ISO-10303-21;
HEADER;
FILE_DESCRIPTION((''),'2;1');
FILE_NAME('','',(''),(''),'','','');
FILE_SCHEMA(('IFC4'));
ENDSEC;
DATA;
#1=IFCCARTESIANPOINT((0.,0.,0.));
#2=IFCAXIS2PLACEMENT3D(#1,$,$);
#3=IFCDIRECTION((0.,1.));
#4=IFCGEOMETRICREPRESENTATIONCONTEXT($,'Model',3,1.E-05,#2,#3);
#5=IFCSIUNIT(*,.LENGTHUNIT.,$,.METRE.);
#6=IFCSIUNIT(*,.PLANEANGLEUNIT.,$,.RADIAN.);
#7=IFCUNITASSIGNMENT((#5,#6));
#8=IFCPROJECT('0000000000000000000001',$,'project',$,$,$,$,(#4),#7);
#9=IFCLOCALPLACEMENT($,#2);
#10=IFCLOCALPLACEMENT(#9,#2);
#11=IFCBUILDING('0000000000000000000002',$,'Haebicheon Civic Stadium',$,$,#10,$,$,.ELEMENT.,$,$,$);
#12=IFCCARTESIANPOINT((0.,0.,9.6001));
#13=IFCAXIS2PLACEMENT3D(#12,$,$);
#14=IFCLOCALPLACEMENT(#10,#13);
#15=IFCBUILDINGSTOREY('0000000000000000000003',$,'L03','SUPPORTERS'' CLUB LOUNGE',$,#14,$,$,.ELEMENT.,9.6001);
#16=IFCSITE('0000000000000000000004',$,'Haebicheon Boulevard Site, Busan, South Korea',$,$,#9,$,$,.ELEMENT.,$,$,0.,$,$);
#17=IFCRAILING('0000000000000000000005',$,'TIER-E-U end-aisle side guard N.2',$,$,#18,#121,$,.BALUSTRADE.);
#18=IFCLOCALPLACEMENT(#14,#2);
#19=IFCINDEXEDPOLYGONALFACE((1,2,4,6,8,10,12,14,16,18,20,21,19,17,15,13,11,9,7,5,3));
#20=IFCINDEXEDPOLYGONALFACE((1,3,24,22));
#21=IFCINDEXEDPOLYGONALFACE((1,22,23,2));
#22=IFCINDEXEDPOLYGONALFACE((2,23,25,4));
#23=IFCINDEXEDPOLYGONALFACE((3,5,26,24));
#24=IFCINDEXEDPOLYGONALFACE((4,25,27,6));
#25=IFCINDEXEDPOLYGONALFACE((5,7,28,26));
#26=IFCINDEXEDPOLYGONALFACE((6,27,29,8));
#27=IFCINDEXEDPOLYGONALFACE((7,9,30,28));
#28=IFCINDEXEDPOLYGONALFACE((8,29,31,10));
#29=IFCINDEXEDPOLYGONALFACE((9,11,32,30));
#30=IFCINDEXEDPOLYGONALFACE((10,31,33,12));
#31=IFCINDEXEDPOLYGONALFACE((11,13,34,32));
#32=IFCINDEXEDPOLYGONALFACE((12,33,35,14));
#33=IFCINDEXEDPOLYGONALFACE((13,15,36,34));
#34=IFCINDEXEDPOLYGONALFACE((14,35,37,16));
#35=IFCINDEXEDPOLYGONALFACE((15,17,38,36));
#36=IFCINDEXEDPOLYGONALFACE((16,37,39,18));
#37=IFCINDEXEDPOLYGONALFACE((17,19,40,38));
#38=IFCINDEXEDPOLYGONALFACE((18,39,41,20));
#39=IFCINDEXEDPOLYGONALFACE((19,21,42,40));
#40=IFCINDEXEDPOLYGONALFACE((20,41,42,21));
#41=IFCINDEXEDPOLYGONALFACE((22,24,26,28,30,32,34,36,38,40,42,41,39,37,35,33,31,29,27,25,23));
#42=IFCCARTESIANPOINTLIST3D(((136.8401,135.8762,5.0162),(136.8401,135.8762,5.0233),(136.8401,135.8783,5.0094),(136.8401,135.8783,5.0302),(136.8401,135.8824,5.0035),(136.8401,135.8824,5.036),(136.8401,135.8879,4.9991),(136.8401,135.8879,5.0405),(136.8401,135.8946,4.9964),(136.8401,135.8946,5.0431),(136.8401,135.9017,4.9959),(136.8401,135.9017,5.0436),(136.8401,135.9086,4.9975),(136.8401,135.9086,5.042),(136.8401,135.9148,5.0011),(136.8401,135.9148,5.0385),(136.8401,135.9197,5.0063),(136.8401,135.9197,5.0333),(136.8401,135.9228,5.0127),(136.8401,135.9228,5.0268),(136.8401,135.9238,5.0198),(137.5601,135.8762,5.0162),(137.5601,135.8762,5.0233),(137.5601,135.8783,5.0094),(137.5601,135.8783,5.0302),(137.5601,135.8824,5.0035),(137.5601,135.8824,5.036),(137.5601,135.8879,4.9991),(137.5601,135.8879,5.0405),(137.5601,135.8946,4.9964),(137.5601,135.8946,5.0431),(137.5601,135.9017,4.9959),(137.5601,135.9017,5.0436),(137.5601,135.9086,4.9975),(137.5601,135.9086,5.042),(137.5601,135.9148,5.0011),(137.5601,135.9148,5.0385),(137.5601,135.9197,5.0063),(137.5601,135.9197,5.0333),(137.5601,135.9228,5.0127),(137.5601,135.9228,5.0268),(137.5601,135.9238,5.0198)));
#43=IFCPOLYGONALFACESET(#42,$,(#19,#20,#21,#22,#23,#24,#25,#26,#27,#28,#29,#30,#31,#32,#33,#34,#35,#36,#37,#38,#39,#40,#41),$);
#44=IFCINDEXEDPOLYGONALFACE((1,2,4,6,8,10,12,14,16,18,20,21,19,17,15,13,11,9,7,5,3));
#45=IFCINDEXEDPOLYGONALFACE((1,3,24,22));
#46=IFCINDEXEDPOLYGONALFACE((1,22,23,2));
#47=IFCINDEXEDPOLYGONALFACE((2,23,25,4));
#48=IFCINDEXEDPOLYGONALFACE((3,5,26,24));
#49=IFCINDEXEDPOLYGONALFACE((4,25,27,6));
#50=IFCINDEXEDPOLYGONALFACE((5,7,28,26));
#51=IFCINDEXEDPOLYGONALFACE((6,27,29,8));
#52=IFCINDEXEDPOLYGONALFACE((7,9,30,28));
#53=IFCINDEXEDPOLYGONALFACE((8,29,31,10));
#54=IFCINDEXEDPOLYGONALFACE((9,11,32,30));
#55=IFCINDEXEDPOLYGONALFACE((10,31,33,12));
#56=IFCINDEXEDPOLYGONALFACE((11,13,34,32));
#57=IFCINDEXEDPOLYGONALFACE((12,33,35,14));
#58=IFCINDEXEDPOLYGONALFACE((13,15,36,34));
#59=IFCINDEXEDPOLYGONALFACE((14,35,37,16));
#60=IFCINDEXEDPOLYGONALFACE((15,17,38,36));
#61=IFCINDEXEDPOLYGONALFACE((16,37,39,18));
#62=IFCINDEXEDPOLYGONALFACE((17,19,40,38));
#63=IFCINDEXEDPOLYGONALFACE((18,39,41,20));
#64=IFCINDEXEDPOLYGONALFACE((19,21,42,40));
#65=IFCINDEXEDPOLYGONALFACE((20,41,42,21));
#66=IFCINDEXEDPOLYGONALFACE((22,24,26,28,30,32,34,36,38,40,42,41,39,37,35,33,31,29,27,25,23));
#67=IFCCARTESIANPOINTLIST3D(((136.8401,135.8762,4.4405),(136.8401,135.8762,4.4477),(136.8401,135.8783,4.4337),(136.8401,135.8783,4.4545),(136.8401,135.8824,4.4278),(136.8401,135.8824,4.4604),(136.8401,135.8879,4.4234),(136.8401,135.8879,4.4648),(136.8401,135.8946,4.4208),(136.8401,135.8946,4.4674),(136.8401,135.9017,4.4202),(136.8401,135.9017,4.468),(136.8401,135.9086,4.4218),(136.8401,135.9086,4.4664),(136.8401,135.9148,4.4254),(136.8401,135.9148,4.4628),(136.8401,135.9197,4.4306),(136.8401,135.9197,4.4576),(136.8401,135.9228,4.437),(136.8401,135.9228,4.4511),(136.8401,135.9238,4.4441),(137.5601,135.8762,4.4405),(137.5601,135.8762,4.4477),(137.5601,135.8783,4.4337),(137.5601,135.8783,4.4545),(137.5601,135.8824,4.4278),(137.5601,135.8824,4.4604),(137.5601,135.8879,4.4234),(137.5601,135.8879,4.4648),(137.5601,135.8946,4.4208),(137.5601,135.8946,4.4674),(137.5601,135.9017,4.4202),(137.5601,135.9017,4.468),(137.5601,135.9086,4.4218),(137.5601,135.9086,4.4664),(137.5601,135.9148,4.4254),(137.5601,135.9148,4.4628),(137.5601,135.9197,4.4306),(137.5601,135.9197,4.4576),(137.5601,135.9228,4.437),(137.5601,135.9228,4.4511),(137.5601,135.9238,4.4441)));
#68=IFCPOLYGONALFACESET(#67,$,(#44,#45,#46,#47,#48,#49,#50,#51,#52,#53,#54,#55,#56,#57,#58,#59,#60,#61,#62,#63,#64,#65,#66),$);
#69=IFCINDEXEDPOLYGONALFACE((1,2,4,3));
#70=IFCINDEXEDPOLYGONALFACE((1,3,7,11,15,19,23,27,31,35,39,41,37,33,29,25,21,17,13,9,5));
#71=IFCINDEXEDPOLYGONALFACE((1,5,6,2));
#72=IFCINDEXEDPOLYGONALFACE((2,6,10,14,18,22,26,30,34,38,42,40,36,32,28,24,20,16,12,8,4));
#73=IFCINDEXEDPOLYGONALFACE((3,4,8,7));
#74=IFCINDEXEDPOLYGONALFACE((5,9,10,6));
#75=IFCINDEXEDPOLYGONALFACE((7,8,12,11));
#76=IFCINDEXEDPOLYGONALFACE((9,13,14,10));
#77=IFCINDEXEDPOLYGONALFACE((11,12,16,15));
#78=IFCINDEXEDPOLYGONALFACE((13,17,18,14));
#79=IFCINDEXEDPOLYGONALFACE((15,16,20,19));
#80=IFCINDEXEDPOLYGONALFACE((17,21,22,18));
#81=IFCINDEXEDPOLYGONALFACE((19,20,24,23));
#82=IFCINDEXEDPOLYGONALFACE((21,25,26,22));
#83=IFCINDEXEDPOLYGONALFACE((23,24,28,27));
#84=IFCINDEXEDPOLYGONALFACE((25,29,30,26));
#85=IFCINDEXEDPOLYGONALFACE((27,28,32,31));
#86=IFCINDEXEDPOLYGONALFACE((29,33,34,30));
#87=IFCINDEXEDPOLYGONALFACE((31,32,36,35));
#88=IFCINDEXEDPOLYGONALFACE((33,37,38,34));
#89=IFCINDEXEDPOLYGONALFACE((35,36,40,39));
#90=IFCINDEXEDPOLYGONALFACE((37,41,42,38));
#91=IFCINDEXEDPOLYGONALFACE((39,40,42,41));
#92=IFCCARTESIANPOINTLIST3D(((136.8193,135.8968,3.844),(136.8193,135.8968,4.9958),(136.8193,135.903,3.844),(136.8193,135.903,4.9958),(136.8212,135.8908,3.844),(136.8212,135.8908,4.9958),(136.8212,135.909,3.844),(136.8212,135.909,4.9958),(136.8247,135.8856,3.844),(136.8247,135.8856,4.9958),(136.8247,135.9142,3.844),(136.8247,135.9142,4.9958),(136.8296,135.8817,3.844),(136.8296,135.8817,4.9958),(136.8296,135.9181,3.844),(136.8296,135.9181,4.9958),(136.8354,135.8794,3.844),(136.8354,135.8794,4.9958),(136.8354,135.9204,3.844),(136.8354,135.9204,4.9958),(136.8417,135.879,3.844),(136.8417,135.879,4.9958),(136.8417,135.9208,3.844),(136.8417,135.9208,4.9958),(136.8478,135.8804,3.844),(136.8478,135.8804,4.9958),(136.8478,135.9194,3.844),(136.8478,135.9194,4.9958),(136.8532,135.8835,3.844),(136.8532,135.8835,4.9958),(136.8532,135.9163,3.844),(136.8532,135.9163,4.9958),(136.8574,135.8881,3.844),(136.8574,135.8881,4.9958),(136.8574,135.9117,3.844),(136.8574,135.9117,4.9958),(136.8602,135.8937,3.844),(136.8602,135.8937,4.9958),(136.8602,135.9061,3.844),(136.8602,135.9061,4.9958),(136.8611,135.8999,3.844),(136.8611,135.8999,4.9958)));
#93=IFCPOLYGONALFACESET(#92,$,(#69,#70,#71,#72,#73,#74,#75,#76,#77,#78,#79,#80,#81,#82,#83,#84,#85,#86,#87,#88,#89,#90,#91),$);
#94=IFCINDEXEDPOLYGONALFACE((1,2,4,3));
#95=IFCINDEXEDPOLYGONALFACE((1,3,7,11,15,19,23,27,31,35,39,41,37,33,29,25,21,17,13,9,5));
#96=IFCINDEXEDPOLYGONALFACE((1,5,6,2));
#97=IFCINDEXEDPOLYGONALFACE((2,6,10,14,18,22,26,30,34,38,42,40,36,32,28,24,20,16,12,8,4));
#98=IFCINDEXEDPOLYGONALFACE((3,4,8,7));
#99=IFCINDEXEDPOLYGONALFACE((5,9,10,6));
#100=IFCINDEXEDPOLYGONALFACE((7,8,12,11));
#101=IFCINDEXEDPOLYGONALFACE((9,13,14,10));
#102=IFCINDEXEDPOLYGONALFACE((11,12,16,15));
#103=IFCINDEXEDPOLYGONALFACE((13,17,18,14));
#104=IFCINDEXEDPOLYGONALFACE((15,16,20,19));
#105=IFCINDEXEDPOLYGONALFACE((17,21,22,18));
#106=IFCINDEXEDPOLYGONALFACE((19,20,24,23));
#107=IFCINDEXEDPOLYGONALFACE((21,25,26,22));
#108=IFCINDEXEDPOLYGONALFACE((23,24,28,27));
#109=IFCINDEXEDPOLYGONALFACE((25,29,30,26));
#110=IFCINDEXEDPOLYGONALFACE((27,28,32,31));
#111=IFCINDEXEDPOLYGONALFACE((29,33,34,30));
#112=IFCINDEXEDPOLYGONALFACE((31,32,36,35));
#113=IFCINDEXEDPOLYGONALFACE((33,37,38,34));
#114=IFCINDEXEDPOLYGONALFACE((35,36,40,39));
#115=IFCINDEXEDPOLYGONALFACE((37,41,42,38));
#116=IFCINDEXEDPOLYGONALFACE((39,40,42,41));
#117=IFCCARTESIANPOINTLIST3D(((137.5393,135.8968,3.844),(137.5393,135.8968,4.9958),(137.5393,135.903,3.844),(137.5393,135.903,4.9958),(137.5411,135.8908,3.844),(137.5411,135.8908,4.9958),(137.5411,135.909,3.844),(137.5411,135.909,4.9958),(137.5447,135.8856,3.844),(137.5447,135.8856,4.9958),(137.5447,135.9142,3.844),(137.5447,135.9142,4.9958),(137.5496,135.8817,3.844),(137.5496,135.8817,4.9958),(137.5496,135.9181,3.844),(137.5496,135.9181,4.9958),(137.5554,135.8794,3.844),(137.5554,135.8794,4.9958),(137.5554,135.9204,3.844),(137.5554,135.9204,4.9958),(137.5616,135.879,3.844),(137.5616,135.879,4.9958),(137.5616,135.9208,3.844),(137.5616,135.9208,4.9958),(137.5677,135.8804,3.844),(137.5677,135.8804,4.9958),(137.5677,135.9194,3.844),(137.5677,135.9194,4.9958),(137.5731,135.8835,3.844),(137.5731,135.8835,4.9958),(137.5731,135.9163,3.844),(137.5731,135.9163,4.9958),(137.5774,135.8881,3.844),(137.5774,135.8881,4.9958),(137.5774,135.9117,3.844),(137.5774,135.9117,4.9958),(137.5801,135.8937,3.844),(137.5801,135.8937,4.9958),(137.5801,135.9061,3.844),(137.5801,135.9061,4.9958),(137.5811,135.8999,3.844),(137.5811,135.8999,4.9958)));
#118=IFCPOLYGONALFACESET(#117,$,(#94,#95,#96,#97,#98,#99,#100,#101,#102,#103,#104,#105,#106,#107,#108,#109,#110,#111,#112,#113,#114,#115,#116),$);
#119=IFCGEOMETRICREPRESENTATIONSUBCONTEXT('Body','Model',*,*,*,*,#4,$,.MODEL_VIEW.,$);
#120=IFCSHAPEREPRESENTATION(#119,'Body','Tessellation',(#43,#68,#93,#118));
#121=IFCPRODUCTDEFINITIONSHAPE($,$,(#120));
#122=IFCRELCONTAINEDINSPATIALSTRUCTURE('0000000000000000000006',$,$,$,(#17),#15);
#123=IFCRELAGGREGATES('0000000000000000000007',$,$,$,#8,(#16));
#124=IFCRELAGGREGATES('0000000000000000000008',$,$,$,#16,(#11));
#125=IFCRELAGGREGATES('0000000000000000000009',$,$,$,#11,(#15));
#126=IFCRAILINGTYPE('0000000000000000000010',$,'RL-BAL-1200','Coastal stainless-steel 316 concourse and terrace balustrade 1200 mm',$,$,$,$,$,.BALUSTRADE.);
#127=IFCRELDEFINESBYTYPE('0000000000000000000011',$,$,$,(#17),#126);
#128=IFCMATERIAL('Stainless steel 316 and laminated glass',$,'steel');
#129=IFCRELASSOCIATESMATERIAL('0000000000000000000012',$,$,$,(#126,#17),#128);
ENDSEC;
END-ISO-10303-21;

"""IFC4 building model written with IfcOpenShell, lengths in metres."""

from ifc_helpers import new_model, si_unit, direction, frame, origin, origin_2d, place, context, subcontext, project, spatial, circle, extrude, material, type_object, element, save


model = new_model("IFC4")

# Units and contexts
model_context = context("Model", 3, precision=1e-05, world=origin(), true_north=direction((0.0, 1.0)))
body_context = subcontext(model_context, "Body", "Model", "MODEL_VIEW")
ifc_project = project(units=[si_unit("LENGTHUNIT", "METRE"), si_unit("PLANEANGLEUNIT", "RADIAN")], contexts=[model_context])

# Site, building, storey
site_placement = place(None, origin())
site = spatial("IfcSite", under=ifc_project, at=site_placement, Name="Haebicheon Boulevard Site, Busan, South Korea", CompositionType="ELEMENT", RefElevation=0.0)
building_placement = place(site_placement, origin())
building = spatial("IfcBuilding", under=site, at=building_placement, Name="Haebicheon Civic Stadium", CompositionType="ELEMENT")
storey_placement = place(building_placement, frame((0.0, 0.0, 9.6001)))
storey = spatial("IfcBuildingStorey", under=building, at=storey_placement, Name="L03", Description="SUPPORTERS' CLUB LOUNGE", CompositionType="ELEMENT", Elevation=9.6001)

# Railing
ifc_material_1 = material(Name="Stainless steel 316 and laminated glass", Category="steel")
railing_type = type_object("IfcRailingType", Name="RL-BAL-1200", Description="Coastal stainless-steel 316 concourse and terrace balustrade 1200 mm", PredefinedType="BALUSTRADE", material=ifc_material_1)
for number, where, name in (
    (1, (136.8401, 135.8999, 3.844), "TIER-E-U end-aisle side guard N.2"),
):
    element("IfcRailing", number, at=place(storey_placement, frame(where)), inside=storey, type_object=railing_type, material=ifc_material_1, Name=name, PredefinedType="BALUSTRADE", context=body_context, shape_type="SweptSolid", body=[
        extrude(circle(Radius=0.0239, at=origin_2d()), frame((0.0, 0.0, 1.1758), z_axis=(1.0, 0.0, 0.0), x_axis=(0.0, 1.0, 0.0)), (0.0, 0.0, 1.0), 0.72),
        extrude(circle(Radius=0.0239, at=origin_2d()), frame((0.0, 0.0, 0.6001), z_axis=(1.0, 0.0, 0.0), x_axis=(0.0, 1.0, 0.0)), (0.0, 0.0, 1.0), 0.72),
        extrude(circle(Radius=0.021, at=origin_2d()), origin(), (0.0, 0.0, 1.0), 1.1519),
        extrude(circle(Radius=0.021, at=origin_2d()), frame((0.72, 0.0, 0.0)), (0.0, 0.0, 1.0), 1.1519),
    ])

save(model, "model.ifc")
